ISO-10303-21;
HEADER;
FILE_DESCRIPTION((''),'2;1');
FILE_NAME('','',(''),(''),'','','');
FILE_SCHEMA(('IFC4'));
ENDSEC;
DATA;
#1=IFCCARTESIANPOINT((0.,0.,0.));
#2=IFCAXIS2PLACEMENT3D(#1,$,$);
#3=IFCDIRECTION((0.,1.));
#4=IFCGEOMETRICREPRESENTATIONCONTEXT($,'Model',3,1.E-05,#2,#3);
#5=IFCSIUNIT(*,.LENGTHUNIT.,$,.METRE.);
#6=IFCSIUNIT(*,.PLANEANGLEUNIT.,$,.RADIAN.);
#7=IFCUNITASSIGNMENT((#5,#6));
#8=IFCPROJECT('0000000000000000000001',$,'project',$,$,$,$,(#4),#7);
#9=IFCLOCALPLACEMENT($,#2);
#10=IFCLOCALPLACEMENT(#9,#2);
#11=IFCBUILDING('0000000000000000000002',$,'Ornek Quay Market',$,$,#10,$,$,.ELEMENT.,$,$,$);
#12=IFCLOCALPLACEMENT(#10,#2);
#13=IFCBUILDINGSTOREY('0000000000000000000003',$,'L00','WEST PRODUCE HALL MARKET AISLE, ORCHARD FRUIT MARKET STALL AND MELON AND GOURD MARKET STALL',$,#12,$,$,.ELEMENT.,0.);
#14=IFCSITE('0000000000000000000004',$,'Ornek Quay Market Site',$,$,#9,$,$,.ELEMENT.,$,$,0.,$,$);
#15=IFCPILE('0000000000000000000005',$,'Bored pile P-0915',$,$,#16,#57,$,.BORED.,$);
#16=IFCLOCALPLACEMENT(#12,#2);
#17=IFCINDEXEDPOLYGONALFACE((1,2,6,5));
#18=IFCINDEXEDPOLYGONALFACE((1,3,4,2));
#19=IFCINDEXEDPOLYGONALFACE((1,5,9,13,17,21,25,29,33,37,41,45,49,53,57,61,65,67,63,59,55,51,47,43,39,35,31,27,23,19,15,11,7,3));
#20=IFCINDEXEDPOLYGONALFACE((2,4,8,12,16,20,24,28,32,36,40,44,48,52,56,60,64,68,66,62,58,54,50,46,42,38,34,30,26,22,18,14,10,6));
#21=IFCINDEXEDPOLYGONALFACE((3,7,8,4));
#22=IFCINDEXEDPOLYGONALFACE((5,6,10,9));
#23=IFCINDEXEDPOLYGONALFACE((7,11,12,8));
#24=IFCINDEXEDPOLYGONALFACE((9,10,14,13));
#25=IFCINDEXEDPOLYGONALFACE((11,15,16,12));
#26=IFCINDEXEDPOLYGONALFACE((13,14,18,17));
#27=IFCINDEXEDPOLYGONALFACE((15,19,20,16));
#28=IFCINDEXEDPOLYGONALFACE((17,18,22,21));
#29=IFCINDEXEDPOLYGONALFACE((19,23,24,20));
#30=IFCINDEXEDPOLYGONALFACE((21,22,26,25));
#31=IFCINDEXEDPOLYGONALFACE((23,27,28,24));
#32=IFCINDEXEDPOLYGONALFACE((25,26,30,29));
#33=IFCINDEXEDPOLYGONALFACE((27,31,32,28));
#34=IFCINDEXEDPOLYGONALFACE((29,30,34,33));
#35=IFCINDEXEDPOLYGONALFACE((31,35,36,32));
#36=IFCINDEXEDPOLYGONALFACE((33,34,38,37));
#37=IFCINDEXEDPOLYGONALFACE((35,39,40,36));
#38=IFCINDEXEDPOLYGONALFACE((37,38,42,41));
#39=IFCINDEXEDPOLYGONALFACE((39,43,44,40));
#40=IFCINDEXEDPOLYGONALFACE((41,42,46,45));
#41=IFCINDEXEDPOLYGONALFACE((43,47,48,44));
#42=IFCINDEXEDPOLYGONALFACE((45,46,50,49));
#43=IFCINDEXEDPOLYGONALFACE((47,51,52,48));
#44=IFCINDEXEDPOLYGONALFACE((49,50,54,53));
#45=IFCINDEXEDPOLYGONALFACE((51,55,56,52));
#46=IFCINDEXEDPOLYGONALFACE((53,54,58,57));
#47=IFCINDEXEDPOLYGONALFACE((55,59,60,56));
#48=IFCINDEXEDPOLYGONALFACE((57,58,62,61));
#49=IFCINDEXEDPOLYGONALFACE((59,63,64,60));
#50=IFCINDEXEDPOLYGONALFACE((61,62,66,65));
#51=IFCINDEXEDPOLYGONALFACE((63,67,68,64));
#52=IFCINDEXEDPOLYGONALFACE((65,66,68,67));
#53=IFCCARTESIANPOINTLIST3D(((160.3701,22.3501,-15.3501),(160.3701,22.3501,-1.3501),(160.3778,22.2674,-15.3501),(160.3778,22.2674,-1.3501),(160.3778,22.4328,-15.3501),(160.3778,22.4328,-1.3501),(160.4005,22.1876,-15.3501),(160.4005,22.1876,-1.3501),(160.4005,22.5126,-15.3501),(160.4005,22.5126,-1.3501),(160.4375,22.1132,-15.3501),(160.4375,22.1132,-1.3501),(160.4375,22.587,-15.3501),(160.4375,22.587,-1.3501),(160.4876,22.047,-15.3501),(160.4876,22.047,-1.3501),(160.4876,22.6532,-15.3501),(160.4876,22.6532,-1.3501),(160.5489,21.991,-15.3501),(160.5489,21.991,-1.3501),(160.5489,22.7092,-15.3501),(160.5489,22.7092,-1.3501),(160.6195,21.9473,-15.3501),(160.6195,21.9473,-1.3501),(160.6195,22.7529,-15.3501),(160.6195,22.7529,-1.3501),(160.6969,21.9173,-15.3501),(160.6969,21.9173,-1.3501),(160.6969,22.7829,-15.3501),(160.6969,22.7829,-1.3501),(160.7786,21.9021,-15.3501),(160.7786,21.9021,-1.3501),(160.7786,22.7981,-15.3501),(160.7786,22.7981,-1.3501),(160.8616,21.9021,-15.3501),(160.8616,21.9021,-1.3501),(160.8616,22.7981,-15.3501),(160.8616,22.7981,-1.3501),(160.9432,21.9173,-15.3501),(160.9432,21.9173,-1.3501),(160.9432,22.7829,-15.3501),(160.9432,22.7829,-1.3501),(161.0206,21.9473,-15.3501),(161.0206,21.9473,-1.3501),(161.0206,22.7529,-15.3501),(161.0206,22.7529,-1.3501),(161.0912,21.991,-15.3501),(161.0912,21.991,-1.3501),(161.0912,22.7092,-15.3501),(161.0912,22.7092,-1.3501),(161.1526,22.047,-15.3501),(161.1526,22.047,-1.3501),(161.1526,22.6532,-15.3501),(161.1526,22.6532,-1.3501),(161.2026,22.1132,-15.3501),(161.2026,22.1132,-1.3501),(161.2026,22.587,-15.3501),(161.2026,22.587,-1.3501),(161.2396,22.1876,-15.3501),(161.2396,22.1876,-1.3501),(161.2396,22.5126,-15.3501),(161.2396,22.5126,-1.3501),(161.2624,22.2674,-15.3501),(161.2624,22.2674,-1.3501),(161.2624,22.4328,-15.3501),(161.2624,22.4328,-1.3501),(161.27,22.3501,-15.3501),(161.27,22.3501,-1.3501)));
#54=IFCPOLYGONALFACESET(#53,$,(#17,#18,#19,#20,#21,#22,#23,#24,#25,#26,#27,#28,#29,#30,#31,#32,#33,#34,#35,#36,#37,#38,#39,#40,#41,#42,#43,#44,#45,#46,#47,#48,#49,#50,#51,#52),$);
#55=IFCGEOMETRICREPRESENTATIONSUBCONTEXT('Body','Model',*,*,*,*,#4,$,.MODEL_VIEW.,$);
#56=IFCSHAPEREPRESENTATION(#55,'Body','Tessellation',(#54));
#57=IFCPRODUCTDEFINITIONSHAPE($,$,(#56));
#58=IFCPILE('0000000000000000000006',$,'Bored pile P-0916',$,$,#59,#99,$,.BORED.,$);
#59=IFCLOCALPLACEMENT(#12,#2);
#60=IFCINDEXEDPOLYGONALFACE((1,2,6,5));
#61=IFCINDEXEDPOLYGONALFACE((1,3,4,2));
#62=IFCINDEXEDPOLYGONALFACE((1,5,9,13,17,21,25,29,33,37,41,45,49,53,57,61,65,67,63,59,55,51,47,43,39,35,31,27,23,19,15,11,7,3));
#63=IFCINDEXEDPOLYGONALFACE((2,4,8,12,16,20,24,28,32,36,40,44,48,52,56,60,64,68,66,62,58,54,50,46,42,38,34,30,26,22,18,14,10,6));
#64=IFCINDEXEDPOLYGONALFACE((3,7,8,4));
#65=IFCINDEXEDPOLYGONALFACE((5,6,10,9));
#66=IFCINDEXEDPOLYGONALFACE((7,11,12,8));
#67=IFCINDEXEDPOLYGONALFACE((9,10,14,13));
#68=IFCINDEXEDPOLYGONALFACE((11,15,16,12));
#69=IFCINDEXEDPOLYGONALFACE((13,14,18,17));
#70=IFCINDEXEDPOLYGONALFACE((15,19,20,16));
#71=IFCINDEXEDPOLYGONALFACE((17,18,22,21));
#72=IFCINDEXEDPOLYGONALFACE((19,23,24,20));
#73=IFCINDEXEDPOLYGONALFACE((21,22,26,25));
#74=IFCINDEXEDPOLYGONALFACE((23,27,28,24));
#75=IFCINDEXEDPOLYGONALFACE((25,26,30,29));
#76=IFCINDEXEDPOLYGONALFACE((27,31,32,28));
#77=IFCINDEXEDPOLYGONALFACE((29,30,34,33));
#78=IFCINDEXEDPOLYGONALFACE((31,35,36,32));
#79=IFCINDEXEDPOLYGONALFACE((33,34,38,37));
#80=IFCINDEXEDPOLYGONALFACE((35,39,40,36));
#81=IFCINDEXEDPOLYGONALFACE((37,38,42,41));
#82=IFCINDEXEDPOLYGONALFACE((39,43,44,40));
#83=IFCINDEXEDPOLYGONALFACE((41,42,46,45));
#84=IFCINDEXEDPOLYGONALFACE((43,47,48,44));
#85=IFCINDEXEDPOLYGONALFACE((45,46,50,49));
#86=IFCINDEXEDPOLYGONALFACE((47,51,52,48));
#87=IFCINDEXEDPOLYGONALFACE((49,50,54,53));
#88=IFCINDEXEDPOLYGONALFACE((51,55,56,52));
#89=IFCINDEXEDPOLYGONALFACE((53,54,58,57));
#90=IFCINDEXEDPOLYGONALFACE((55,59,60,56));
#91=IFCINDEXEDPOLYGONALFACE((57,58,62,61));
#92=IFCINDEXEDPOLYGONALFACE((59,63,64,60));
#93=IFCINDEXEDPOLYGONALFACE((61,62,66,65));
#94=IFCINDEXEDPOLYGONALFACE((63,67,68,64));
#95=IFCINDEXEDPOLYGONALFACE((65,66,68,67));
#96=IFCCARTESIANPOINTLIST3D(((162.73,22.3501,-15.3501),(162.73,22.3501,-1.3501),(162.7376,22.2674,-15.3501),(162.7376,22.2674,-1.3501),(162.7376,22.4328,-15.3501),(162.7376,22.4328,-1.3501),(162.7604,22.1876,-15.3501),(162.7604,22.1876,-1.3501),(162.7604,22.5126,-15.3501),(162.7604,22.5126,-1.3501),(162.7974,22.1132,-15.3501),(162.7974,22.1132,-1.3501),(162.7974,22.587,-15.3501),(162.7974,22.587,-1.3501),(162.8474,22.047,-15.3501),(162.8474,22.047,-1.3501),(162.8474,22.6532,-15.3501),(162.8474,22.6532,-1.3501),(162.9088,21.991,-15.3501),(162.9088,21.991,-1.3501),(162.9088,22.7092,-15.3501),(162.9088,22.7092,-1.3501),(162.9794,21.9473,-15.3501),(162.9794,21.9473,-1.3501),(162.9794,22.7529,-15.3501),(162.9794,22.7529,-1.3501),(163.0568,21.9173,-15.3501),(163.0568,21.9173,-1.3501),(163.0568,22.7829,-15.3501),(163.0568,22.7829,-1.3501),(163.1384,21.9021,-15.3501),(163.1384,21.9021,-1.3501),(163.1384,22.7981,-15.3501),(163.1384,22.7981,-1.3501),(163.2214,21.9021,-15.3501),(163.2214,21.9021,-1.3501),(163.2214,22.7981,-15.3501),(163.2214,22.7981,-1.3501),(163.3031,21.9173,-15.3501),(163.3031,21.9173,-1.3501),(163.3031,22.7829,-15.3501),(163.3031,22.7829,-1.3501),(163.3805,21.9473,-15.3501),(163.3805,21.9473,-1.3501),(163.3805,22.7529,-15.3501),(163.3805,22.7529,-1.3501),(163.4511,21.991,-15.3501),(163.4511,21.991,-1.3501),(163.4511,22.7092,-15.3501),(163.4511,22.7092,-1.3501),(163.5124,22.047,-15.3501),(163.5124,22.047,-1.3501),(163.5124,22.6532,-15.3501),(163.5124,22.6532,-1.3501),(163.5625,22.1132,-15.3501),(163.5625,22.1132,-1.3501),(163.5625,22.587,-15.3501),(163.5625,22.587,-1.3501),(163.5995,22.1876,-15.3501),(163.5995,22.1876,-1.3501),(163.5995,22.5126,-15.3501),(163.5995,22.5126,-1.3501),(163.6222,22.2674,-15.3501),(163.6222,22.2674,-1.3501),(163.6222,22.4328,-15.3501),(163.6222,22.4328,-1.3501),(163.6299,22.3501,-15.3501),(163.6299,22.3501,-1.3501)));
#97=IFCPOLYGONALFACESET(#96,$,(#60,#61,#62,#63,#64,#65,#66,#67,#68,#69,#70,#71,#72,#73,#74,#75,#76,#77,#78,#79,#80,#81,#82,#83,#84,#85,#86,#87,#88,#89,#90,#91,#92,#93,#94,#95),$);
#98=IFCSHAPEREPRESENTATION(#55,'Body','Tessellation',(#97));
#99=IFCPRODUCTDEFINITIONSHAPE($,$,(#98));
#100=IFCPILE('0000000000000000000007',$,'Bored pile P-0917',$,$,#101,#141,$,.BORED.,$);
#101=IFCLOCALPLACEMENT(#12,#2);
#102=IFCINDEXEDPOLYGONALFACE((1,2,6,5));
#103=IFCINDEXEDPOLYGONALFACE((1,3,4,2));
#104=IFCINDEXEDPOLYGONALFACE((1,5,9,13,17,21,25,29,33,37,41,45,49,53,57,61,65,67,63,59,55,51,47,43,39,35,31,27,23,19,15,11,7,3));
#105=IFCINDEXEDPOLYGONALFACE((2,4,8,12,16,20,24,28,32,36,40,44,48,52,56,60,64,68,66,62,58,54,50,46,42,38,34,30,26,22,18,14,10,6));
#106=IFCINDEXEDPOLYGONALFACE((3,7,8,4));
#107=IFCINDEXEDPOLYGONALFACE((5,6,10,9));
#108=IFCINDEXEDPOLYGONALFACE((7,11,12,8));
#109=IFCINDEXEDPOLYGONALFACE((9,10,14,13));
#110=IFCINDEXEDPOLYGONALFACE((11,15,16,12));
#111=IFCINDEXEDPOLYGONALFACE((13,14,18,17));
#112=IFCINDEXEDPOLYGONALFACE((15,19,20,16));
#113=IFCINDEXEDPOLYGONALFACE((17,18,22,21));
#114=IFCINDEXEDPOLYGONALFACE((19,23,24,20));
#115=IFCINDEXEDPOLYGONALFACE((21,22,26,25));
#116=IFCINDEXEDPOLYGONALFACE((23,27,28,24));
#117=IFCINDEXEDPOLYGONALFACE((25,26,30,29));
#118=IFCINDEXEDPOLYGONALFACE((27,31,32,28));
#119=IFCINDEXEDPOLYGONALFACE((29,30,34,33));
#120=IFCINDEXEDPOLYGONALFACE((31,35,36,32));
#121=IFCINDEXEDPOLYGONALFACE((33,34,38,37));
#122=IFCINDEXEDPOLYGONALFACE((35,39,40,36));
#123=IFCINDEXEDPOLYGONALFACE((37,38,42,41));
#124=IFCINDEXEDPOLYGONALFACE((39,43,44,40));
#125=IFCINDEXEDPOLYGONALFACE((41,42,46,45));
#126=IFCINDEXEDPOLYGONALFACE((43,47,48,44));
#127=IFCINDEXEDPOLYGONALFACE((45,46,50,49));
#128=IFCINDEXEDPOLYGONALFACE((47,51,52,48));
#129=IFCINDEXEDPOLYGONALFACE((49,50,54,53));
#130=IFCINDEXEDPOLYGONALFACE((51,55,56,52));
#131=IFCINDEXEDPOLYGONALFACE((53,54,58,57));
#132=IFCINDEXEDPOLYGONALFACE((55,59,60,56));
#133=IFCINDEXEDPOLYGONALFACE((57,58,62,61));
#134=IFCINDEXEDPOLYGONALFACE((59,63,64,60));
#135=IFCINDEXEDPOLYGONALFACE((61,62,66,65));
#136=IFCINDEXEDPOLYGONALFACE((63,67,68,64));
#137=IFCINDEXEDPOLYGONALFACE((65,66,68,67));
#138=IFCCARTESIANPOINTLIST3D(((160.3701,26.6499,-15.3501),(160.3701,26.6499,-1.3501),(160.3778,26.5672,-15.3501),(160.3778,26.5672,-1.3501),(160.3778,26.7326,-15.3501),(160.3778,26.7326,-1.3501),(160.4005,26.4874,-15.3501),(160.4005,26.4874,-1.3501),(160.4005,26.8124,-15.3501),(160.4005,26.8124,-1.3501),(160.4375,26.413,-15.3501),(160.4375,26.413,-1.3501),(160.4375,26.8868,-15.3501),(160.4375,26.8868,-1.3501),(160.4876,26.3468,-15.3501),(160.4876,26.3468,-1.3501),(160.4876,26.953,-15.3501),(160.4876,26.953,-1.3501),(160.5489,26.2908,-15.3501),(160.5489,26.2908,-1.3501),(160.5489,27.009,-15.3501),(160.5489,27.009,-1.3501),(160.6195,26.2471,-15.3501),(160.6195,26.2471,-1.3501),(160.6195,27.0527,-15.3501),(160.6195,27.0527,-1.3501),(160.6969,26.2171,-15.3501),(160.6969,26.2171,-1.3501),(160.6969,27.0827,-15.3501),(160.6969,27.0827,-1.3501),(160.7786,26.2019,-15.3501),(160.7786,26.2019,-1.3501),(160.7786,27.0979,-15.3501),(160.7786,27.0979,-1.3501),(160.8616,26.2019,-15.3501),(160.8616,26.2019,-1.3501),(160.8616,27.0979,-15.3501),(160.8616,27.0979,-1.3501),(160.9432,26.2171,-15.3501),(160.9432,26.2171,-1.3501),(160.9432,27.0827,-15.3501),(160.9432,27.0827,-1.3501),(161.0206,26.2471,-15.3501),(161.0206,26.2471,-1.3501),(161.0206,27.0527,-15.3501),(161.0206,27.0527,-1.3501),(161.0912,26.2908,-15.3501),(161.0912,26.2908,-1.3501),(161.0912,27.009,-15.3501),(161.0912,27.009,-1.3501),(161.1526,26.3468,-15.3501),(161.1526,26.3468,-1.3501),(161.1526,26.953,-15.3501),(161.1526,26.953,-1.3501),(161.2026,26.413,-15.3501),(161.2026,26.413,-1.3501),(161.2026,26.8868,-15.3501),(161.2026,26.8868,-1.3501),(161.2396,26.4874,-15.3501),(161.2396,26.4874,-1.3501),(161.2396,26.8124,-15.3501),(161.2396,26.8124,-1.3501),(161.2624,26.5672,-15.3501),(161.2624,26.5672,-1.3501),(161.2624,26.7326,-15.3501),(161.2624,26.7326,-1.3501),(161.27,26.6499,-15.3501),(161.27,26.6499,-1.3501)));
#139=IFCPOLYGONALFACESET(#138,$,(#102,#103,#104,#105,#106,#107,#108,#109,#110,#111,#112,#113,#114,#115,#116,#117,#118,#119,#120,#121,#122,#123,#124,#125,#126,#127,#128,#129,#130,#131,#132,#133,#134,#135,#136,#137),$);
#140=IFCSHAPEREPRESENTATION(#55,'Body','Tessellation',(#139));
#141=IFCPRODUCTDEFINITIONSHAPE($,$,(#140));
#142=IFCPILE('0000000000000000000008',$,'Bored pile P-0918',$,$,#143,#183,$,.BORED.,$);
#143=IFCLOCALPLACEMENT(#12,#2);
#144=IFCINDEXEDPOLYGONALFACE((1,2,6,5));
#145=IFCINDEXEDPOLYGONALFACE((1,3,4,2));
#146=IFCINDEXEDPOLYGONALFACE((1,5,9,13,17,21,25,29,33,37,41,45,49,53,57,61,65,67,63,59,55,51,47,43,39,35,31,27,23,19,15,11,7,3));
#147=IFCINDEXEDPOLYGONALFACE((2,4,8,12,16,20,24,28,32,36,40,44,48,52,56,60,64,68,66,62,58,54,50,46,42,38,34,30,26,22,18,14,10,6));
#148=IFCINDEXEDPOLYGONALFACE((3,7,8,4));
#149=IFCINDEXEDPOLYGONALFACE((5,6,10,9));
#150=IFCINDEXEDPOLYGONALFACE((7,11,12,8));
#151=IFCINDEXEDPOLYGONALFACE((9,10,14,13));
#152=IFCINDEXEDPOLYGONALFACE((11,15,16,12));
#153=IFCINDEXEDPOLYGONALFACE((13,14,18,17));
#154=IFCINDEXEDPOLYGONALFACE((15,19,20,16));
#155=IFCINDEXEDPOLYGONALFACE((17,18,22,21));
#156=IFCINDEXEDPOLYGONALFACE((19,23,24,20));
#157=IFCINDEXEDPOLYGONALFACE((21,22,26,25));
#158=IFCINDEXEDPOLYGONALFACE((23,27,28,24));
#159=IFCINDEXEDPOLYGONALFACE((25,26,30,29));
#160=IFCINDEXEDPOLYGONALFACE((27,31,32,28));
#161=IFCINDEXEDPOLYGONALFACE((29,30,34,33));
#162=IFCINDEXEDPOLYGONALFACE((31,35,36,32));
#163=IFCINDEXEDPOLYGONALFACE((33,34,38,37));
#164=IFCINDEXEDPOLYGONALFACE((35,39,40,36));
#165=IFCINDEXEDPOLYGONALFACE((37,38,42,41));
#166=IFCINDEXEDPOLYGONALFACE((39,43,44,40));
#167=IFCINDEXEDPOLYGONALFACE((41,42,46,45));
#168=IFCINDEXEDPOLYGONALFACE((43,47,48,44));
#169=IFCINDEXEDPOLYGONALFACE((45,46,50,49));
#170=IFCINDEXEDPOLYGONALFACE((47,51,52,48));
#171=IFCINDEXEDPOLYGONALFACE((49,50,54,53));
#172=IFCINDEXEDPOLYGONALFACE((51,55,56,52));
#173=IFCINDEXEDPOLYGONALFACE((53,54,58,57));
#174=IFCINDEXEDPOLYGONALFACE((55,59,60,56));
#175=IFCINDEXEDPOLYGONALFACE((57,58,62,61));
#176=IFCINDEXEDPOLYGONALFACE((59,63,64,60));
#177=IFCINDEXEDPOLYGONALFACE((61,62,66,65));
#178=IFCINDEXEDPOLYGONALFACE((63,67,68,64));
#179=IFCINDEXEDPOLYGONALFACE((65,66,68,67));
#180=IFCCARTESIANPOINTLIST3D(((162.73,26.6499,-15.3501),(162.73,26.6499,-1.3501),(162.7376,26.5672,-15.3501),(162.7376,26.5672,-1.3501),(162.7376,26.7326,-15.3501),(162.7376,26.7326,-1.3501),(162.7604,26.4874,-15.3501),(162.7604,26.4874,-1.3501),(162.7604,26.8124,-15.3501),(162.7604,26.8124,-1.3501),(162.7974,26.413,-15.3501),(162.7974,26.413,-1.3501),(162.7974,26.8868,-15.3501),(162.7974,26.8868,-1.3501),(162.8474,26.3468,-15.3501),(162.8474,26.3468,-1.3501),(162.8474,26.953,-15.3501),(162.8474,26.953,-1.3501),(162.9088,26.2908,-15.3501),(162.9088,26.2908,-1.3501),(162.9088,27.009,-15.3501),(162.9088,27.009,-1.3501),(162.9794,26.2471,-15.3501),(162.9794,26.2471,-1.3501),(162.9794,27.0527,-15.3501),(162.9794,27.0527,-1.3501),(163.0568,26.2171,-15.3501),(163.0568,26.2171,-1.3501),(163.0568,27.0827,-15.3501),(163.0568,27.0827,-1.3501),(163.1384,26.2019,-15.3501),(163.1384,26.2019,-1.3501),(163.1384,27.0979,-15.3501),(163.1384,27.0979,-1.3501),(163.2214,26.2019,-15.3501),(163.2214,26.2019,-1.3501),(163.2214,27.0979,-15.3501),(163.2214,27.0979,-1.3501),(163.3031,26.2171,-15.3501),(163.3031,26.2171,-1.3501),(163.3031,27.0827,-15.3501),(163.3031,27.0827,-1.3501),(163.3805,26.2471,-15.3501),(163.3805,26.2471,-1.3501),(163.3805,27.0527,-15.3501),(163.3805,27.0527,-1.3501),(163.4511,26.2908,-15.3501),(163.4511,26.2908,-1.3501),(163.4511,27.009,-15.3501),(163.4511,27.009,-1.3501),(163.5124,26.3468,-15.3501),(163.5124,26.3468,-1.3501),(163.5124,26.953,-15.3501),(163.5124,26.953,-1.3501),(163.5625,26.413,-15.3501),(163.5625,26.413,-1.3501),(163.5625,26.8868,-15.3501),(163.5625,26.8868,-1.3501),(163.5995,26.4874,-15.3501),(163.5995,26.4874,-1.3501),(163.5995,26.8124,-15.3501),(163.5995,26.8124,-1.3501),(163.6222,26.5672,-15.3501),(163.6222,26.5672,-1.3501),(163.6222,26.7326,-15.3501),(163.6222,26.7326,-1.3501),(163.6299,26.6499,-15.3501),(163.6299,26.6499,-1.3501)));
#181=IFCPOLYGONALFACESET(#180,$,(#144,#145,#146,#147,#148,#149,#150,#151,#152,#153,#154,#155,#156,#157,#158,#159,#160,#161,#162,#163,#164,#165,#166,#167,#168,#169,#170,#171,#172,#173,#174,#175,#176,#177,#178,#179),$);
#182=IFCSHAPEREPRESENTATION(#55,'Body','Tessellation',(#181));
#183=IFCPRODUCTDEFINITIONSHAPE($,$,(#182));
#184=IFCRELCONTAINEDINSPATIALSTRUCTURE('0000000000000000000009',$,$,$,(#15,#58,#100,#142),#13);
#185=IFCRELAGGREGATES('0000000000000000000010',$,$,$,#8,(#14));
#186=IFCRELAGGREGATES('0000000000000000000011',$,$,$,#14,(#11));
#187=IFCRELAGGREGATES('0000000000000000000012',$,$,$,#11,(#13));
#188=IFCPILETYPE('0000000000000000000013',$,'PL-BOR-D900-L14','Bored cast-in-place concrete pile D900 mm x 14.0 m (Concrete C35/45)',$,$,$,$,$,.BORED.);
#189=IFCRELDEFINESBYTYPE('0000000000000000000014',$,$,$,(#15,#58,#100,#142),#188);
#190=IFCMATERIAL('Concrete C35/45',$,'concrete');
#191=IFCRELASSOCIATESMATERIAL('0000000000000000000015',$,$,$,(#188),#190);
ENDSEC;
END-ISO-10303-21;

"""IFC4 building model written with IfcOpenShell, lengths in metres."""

from ifc_helpers import new_model, si_unit, direction, frame, origin, origin_2d, place, context, subcontext, project, spatial, circle, extrude, material, material_profile, profile_set, type_object, element, save


model = new_model("IFC4")

# Units and contexts
model_context = context("Model", 3, precision=1e-05, world=origin(), true_north=direction((0.0, 1.0)))
body_context = subcontext(model_context, "Body", "Model", "MODEL_VIEW")
ifc_project = project(units=[si_unit("LENGTHUNIT", "METRE"), si_unit("PLANEANGLEUNIT", "RADIAN")], contexts=[model_context])

# Site, building, storey
site_placement = place(None, origin())
site = spatial("IfcSite", under=ifc_project, at=site_placement, Name="Ornek Quay Market Site", CompositionType="ELEMENT", RefElevation=0.0)
building_placement = place(site_placement, origin())
building = spatial("IfcBuilding", under=site, at=building_placement, Name="Ornek Quay Market", CompositionType="ELEMENT")
storey_placement = place(building_placement, origin())
storey = spatial("IfcBuildingStorey", under=building, at=storey_placement, Name="L00", Description="WEST PRODUCE HALL MARKET AISLE, ORCHARD FRUIT MARKET STALL AND MELON AND GOURD MARKET STALL", CompositionType="ELEMENT", Elevation=0.0)

# Piles
ifc_material_1 = material(Name="Concrete C35/45", Category="concrete")
ifc_material_profile_1 = material_profile(ifc_material_1, circle(Radius=0.45, at=origin_2d()), Name="PILE D900", Category="concrete")
ifc_profile_set_1 = profile_set([ifc_material_profile_1], Name="Concrete C35/45")
pile_type = type_object("IfcPileType", Name="PL-BOR-D900-L14", Description="Bored cast-in-place concrete pile D900 mm x 14.0 m (Concrete C35/45)", PredefinedType="BORED", material=ifc_profile_set_1)
for number, where, z_axis, x_axis, name in (
    (1, (160.8201, 22.3501, -1.3501), (0.0, 0.0, -1.0), (1.0, 0.0, 0.0), "Bored pile P-0915"),
    (2, (163.1799, 22.3501, -1.3501), (0.0, 0.0, -1.0), (1.0, 0.0, 0.0), "Bored pile P-0916"),
    (3, (160.8201, 26.6499, -1.3501), (0.0, 0.0, -1.0), (1.0, 0.0, 0.0), "Bored pile P-0917"),
    (4, (163.1799, 26.6499, -1.3501), (0.0, 0.0, -1.0), (1.0, 0.0, 0.0), "Bored pile P-0918"),
):
    element("IfcPile", number, at=place(storey_placement, frame(where, z_axis=z_axis, x_axis=x_axis)), inside=storey, type_object=pile_type, Name=name, PredefinedType="BORED", context=body_context, shape_type="SweptSolid", body=[
        extrude(circle(Radius=0.45, at=origin_2d()), origin(), (0.0, 0.0, 1.0), 14.0),
    ])

save(model, "model.ifc")
